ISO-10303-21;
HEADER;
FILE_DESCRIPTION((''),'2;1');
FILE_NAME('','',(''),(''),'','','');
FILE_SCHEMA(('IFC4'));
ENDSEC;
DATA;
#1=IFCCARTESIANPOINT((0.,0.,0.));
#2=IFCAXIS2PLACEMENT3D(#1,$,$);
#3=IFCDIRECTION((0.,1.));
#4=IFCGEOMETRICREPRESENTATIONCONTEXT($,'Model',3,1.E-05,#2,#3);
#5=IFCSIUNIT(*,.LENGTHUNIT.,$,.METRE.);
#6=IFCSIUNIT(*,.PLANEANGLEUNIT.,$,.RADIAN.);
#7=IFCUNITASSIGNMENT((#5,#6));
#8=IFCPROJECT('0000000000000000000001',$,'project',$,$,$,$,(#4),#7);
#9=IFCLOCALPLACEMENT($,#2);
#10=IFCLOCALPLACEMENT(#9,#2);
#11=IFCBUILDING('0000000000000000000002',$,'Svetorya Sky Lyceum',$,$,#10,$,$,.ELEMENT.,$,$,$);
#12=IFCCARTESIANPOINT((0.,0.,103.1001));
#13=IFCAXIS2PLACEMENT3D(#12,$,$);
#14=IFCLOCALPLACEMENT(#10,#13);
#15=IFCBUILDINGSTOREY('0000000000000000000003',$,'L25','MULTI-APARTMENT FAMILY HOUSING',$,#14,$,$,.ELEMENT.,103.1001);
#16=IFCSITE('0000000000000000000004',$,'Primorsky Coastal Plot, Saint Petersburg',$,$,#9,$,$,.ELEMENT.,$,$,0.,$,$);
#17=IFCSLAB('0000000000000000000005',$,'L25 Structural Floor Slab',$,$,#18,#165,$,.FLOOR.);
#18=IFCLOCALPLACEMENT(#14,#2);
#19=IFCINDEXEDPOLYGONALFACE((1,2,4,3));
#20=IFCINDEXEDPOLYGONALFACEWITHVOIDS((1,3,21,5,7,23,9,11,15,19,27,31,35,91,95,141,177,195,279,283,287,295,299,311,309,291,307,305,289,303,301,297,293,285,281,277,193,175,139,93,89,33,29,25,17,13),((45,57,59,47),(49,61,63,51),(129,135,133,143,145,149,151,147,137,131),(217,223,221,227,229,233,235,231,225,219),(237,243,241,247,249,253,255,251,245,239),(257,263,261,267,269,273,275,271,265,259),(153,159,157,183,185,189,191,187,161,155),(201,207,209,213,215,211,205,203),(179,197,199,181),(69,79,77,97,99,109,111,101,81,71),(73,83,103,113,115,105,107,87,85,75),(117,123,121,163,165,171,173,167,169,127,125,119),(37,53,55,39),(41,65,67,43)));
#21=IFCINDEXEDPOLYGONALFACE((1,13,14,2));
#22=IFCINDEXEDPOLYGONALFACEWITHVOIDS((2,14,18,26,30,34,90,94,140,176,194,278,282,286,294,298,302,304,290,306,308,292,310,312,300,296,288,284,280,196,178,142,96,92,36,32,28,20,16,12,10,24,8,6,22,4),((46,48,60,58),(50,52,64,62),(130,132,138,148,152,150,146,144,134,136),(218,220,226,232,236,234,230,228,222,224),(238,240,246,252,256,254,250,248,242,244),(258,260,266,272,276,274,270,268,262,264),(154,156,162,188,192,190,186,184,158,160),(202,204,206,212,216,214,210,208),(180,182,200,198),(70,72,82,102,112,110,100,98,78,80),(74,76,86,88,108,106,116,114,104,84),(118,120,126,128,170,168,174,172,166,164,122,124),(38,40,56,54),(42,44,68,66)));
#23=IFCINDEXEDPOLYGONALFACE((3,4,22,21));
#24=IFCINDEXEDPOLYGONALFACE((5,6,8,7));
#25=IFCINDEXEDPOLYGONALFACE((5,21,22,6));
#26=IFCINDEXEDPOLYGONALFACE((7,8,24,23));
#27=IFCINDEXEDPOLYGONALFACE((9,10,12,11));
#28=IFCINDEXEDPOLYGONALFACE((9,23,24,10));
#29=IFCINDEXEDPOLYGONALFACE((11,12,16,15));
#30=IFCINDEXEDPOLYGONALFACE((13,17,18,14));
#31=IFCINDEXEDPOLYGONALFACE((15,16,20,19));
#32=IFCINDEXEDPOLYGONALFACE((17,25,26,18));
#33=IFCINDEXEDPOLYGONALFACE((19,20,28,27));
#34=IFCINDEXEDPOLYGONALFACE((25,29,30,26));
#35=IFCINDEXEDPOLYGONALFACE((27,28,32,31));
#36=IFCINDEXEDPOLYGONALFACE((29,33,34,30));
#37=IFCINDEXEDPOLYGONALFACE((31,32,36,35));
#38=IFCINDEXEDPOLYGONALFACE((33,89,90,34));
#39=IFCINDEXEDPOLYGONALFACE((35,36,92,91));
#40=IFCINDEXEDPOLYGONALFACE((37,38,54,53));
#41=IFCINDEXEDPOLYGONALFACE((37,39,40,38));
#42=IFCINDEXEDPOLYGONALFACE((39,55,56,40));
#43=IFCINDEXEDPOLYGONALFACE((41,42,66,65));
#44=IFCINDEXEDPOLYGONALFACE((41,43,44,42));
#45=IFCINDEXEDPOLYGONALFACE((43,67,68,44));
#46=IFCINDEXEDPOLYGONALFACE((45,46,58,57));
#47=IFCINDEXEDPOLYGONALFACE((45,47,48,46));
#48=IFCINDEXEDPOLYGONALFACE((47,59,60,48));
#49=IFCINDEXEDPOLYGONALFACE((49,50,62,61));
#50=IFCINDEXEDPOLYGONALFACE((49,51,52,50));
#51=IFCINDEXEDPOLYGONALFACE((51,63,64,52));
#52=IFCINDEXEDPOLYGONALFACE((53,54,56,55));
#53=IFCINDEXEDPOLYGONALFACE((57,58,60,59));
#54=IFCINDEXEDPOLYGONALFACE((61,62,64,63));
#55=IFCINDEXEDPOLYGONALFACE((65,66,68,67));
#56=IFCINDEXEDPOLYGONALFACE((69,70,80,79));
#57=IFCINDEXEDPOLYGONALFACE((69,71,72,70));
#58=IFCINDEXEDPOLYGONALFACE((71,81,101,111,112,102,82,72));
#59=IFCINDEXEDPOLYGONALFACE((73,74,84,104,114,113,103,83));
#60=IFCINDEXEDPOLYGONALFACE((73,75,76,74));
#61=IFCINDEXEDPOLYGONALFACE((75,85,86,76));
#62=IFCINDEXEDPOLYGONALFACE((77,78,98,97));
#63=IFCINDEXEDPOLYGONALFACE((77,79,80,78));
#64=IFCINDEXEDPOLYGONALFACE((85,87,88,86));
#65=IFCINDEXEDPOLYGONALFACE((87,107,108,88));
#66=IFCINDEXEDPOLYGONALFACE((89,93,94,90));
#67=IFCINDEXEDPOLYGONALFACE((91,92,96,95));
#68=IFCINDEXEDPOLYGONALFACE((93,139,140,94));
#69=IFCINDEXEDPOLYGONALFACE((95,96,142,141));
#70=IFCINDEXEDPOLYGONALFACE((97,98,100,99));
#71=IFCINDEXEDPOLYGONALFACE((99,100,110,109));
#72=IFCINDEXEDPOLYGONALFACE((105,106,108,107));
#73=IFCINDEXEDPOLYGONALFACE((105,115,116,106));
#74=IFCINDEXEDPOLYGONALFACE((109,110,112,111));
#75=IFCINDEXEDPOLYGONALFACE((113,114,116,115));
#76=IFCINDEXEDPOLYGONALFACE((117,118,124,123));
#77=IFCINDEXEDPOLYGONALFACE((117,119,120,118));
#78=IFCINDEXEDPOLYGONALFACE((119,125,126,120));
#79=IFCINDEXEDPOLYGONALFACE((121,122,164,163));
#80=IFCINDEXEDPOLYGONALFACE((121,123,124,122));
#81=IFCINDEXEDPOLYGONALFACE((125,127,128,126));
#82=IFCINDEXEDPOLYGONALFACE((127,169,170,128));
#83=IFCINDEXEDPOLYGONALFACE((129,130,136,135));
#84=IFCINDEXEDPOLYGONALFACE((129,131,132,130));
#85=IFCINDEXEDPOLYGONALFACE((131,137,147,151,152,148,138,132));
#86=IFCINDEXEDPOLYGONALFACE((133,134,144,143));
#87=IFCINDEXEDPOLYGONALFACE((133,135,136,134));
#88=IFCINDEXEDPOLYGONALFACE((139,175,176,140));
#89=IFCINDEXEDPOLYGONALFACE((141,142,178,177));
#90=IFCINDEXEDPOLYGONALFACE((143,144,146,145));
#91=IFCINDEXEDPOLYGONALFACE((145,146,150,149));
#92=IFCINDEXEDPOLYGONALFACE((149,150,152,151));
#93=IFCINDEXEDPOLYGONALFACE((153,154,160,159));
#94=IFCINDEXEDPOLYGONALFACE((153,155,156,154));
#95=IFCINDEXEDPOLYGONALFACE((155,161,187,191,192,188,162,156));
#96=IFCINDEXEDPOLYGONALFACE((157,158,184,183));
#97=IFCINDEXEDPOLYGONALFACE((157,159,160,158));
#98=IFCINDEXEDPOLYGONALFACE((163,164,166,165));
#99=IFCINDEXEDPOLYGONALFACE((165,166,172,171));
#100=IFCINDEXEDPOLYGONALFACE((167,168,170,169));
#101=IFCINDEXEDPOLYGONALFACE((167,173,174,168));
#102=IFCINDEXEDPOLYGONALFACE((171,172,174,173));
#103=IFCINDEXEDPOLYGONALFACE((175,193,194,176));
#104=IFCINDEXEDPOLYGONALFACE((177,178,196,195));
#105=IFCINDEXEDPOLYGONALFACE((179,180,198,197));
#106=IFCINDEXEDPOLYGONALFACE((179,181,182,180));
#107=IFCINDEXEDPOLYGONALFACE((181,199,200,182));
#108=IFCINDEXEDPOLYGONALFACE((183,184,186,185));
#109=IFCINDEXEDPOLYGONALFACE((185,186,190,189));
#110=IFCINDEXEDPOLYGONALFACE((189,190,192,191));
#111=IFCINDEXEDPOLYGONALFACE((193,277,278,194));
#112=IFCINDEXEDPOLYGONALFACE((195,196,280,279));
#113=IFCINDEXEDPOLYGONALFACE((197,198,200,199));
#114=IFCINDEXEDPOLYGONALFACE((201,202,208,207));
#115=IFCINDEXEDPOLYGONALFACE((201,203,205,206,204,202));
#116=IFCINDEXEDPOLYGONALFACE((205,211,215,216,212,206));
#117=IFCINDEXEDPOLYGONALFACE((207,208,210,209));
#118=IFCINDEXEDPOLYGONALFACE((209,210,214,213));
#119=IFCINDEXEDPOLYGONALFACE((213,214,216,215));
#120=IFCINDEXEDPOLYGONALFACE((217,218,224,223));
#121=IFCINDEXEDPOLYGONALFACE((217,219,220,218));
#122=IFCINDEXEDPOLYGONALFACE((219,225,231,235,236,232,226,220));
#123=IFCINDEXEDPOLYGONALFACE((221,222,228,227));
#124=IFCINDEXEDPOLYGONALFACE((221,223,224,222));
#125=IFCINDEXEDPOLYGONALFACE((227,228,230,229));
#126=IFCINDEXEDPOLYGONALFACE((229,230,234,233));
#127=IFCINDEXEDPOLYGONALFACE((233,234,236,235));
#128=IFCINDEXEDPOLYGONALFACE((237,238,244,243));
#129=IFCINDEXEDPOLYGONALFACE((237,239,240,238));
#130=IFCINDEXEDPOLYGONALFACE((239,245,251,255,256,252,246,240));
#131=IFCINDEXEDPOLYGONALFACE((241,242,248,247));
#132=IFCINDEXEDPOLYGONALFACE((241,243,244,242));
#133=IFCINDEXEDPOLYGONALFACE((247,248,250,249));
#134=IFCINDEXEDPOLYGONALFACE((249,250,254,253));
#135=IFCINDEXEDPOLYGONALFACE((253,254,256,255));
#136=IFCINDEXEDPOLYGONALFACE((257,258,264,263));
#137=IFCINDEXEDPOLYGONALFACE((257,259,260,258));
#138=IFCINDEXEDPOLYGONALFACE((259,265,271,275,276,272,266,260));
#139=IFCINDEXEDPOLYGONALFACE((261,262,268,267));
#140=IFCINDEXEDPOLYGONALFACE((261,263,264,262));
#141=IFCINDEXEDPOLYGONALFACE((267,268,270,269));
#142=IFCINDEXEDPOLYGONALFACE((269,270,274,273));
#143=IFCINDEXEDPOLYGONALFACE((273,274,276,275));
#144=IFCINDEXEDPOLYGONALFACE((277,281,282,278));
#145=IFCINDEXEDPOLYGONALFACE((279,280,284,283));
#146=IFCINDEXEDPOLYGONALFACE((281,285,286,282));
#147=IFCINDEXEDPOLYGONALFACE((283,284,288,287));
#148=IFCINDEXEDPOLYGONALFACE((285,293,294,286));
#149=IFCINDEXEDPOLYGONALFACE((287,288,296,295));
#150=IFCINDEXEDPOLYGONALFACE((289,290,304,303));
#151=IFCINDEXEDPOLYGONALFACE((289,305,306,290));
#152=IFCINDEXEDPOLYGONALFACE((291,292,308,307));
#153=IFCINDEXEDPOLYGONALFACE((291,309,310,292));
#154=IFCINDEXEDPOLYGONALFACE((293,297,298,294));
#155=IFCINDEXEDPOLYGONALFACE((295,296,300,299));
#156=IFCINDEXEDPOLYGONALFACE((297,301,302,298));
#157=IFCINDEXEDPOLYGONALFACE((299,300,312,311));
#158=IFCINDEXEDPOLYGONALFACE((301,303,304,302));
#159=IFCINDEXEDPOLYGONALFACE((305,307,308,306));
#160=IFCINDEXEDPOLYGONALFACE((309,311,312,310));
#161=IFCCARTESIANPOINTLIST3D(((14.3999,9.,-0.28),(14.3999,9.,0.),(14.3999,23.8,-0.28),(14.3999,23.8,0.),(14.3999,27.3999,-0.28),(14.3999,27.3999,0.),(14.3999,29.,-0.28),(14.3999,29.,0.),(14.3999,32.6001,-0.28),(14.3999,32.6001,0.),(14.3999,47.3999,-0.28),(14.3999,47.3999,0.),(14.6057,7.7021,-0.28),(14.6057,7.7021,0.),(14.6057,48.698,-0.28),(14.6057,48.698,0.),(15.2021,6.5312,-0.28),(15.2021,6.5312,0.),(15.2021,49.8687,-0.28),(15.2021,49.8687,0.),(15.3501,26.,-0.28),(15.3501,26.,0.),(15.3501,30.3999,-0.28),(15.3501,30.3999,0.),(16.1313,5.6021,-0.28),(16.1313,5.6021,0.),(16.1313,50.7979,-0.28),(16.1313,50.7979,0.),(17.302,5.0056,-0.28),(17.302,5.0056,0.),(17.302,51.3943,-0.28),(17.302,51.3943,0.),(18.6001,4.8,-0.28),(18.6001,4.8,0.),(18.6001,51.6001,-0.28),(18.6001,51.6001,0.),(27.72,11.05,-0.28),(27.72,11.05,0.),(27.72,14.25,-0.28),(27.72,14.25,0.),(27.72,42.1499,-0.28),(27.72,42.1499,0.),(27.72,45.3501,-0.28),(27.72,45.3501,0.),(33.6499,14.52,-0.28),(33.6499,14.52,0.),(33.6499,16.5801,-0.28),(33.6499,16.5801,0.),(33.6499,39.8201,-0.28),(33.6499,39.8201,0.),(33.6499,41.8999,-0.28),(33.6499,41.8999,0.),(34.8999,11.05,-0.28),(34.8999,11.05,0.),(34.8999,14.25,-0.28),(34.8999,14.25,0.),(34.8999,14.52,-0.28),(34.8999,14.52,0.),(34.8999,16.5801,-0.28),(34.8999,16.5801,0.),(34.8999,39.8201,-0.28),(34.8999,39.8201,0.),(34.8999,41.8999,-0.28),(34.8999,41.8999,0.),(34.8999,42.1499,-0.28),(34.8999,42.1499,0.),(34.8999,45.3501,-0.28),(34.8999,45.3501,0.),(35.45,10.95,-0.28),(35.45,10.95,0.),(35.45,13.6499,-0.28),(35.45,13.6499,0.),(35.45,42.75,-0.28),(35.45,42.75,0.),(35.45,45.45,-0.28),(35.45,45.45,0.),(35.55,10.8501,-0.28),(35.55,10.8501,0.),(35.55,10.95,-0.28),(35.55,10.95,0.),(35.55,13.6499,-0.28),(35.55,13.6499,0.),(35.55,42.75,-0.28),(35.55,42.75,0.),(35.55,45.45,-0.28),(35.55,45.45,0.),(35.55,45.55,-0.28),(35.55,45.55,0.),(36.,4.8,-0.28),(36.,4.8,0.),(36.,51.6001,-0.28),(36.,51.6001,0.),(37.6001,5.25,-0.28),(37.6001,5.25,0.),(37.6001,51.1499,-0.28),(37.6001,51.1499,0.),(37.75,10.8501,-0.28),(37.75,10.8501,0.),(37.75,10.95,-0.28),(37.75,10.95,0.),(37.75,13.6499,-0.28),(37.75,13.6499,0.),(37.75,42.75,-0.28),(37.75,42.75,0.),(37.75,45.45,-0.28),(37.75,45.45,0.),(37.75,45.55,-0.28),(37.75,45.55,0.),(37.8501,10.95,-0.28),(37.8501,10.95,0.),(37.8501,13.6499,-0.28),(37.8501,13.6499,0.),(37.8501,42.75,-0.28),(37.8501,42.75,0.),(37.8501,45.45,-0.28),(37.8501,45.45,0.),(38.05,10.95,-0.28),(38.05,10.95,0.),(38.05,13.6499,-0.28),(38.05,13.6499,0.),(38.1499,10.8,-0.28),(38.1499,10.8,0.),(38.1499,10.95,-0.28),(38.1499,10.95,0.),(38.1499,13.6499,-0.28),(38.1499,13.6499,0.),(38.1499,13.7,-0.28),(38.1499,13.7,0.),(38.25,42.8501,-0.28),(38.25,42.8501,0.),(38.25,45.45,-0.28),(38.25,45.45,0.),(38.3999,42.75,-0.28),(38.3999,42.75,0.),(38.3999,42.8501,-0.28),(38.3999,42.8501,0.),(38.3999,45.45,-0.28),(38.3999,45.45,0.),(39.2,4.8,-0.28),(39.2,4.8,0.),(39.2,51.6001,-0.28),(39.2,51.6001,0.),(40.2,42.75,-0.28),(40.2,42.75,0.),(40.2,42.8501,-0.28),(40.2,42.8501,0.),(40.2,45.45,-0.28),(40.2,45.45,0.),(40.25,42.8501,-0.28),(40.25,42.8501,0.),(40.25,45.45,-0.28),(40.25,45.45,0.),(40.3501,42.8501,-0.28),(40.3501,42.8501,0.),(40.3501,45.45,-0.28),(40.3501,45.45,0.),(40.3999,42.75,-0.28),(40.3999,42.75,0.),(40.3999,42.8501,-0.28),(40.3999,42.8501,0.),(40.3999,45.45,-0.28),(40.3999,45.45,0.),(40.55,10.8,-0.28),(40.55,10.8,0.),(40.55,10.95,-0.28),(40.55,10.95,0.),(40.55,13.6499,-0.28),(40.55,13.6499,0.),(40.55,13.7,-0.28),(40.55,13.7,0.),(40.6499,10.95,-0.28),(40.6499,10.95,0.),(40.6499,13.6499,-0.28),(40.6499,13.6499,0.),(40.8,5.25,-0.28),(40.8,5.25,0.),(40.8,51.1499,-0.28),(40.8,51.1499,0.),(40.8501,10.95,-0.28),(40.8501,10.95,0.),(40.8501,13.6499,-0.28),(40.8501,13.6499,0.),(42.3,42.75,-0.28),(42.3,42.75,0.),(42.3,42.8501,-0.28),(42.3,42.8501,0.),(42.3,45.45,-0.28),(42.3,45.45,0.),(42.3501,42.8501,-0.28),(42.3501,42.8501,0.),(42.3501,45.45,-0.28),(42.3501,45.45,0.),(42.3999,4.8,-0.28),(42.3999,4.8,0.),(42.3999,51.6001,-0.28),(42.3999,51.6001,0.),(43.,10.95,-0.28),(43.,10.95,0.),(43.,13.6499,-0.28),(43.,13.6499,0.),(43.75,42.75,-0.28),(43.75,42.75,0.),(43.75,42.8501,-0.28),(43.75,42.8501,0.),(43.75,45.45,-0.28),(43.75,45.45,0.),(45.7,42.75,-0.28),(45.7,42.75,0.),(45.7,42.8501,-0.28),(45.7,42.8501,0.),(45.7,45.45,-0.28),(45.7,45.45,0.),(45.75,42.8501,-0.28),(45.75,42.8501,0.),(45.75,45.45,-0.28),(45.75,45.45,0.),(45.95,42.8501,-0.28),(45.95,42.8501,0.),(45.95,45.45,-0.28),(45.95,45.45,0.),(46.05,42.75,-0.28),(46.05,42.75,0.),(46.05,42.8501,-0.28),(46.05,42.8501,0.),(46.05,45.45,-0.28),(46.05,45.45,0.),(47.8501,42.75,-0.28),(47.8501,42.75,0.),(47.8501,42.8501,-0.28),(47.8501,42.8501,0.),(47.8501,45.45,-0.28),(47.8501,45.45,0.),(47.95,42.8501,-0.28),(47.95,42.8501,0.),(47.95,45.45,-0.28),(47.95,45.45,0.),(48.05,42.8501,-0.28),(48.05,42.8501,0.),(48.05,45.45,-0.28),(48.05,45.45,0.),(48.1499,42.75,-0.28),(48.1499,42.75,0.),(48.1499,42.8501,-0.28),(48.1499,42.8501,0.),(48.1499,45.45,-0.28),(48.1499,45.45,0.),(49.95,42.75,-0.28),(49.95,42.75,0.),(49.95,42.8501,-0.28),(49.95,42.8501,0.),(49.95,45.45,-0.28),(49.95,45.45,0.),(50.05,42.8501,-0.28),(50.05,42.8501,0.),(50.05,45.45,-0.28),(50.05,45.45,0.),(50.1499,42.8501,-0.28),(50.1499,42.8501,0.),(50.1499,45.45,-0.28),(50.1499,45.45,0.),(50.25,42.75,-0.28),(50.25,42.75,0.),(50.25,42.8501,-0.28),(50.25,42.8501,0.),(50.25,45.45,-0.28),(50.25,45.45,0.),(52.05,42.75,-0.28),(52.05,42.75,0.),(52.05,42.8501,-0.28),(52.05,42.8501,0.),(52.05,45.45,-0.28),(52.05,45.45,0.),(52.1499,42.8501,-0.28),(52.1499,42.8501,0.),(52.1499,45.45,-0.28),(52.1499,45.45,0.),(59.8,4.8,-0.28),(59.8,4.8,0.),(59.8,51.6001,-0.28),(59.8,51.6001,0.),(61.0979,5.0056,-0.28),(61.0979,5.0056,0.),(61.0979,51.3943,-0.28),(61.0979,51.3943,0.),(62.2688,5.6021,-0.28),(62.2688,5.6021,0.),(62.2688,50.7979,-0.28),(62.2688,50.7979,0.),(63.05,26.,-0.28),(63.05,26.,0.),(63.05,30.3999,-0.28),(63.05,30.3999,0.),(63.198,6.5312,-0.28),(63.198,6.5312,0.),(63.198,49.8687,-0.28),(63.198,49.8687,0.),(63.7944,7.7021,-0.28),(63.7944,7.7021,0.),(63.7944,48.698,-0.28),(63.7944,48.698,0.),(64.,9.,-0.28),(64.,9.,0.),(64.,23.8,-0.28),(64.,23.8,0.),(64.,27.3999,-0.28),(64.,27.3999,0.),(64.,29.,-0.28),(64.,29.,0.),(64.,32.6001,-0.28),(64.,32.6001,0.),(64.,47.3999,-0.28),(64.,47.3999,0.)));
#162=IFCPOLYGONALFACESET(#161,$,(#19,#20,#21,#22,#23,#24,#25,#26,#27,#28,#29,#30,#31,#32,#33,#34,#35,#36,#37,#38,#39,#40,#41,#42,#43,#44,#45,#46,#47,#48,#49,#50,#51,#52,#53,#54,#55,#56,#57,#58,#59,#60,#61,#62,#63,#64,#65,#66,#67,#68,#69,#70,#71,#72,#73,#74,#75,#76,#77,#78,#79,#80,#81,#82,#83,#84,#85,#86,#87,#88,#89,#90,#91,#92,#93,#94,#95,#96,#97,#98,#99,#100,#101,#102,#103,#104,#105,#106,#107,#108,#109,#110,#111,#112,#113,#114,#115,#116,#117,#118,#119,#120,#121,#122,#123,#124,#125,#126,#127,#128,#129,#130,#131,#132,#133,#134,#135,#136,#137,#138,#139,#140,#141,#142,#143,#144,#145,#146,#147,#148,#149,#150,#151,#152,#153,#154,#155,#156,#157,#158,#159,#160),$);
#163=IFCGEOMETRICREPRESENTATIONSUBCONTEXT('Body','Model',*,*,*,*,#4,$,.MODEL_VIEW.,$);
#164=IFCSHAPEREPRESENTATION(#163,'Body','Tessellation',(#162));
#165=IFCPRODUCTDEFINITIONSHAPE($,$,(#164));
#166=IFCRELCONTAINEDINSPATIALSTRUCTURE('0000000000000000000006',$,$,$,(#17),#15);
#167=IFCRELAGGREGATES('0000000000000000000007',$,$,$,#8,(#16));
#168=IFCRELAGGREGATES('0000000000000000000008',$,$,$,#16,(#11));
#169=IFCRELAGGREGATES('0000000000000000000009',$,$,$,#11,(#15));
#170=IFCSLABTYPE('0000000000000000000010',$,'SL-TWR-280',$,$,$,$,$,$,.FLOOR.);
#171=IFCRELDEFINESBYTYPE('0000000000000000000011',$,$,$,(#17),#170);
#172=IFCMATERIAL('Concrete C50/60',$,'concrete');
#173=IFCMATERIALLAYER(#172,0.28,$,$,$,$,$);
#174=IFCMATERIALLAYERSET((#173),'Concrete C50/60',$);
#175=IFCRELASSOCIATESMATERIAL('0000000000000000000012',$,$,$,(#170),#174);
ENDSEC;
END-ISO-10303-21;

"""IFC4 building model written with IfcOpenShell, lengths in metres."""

from ifc_helpers import new_model, si_unit, direction, frame, origin, place, context, subcontext, project, spatial, polyline, outline, extrude, material, layer, layer_set, type_object, element, save


model = new_model("IFC4")

# Units and contexts
model_context = context("Model", 3, precision=1e-05, world=origin(), true_north=direction((0.0, 1.0)))
body_context = subcontext(model_context, "Body", "Model", "MODEL_VIEW")
ifc_project = project(units=[si_unit("LENGTHUNIT", "METRE"), si_unit("PLANEANGLEUNIT", "RADIAN")], contexts=[model_context])

# Site, building, storey
site_placement = place(None, origin())
site = spatial("IfcSite", under=ifc_project, at=site_placement, Name="Primorsky Coastal Plot, Saint Petersburg", CompositionType="ELEMENT", RefElevation=0.0)
building_placement = place(site_placement, origin())
building = spatial("IfcBuilding", under=site, at=building_placement, Name="Svetorya Sky Lyceum", CompositionType="ELEMENT")
storey_placement = place(building_placement, frame((0.0, 0.0, 103.1001)))
storey = spatial("IfcBuildingStorey", under=building, at=storey_placement, Name="L25", Description="MULTI-APARTMENT FAMILY HOUSING", CompositionType="ELEMENT", Elevation=103.1001)

# Shared definitions
ifc_material_1 = material(Name="Concrete C50/60", Category="concrete")

# Slab
ifc_layer_1 = layer(ifc_material_1, 0.28)
ifc_layer_set_1 = layer_set([ifc_layer_1], Name="Concrete C50/60")
slab_type_1 = type_object("IfcSlabType", Name="SL-TWR-280", PredefinedType="FLOOR", material=ifc_layer_set_1)
slab_1_placement = place(storey_placement, frame((0.0, 0.0, -0.28)))
element("IfcSlab", 1, at=slab_1_placement, inside=storey, type_object=slab_type_1, Name="L25 Structural Floor Slab", PredefinedType="FLOOR", context=body_context, shape_type="SweptSolid", body=[
    extrude(outline(polyline([(14.3999, 9.0), (14.6057, 7.7021), (15.2021, 6.5312), (16.1313, 5.6021), (17.302, 5.0056), (18.6001, 4.8), (36.0, 4.8), (37.6001, 5.25), (39.2, 4.8), (40.8, 5.25), (42.3999, 4.8), (59.8, 4.8), (61.0979, 5.0056), (62.2688, 5.6021), (63.198, 6.5312), (63.7944, 7.7021), (64.0, 9.0), (64.0, 23.8), (63.05, 26.0), (64.0, 27.3999), (64.0, 29.0), (63.05, 30.3999), (64.0, 32.6001), (64.0, 47.3999), (63.7944, 48.698), (63.198, 49.8687), (62.2688, 50.7979), (61.0979, 51.3943), (59.8, 51.6001), (42.3999, 51.6001), (40.8, 51.1499), (39.2, 51.6001), (37.6001, 51.1499), (36.0, 51.6001), (18.6001, 51.6001), (17.302, 51.3943), (16.1313, 50.7979), (15.2021, 49.8687), (14.6057, 48.698), (14.3999, 47.3999), (14.3999, 32.6001), (15.3501, 30.3999), (14.3999, 29.0), (14.3999, 27.3999), (15.3501, 26.0), (14.3999, 23.8), (14.3999, 9.0)]), holes=[polyline([(37.8501, 10.95), (37.75, 10.95), (37.75, 10.8501), (35.55, 10.8501), (35.55, 10.95), (35.45, 10.95), (35.45, 13.6499), (35.55, 13.6499), (37.75, 13.6499), (37.8501, 13.6499), (37.8501, 10.95)]), polyline([(40.6499, 13.6499), (40.6499, 10.95), (40.55, 10.95), (40.55, 10.8), (38.1499, 10.8), (38.1499, 10.95), (38.05, 10.95), (38.05, 13.6499), (38.1499, 13.6499), (38.1499, 13.7), (40.55, 13.7), (40.55, 13.6499), (40.6499, 13.6499)]), polyline([(27.72, 14.25), (34.8999, 14.25), (34.8999, 11.05), (27.72, 11.05), (27.72, 14.25)]), polyline([(33.6499, 14.52), (33.6499, 16.5801), (34.8999, 16.5801), (34.8999, 14.52), (33.6499, 14.52)]), polyline([(33.6499, 41.8999), (34.8999, 41.8999), (34.8999, 39.8201), (33.6499, 39.8201), (33.6499, 41.8999)]), polyline([(27.72, 45.3501), (34.8999, 45.3501), (34.8999, 42.1499), (27.72, 42.1499), (27.72, 45.3501)]), polyline([(37.75, 45.55), (37.75, 45.45), (37.8501, 45.45), (37.8501, 42.75), (37.75, 42.75), (35.55, 42.75), (35.45, 42.75), (35.45, 45.45), (35.55, 45.45), (35.55, 45.55), (37.75, 45.55)]), polyline([(38.3999, 42.8501), (38.25, 42.8501), (38.25, 45.45), (38.3999, 45.45), (40.2, 45.45), (40.25, 45.45), (40.25, 42.8501), (40.2, 42.8501), (40.2, 42.75), (38.3999, 42.75), (38.3999, 42.8501)]), polyline([(40.8501, 13.6499), (43.0, 13.6499), (43.0, 10.95), (40.8501, 10.95), (40.8501, 13.6499)]), polyline([(40.3999, 42.8501), (40.3501, 42.8501), (40.3501, 45.45), (40.3999, 45.45), (42.3, 45.45), (42.3501, 45.45), (42.3501, 42.8501), (42.3, 42.8501), (42.3, 42.75), (40.3999, 42.75), (40.3999, 42.8501)]), polyline([(43.75, 42.75), (43.75, 42.8501), (43.75, 45.45), (45.7, 45.45), (45.75, 45.45), (45.75, 42.8501), (45.7, 42.8501), (45.7, 42.75), (43.75, 42.75)]), polyline([(46.05, 42.8501), (45.95, 42.8501), (45.95, 45.45), (46.05, 45.45), (47.8501, 45.45), (47.95, 45.45), (47.95, 42.8501), (47.8501, 42.8501), (47.8501, 42.75), (46.05, 42.75), (46.05, 42.8501)]), polyline([(48.1499, 42.8501), (48.05, 42.8501), (48.05, 45.45), (48.1499, 45.45), (49.95, 45.45), (50.05, 45.45), (50.05, 42.8501), (49.95, 42.8501), (49.95, 42.75), (48.1499, 42.75), (48.1499, 42.8501)]), polyline([(52.1499, 42.8501), (52.05, 42.8501), (52.05, 42.75), (50.25, 42.75), (50.25, 42.8501), (50.1499, 42.8501), (50.1499, 45.45), (50.25, 45.45), (52.05, 45.45), (52.1499, 45.45), (52.1499, 42.8501)])]), origin(), (0.0, 0.0, 1.0), 0.28),
])

save(model, "model.ifc")
